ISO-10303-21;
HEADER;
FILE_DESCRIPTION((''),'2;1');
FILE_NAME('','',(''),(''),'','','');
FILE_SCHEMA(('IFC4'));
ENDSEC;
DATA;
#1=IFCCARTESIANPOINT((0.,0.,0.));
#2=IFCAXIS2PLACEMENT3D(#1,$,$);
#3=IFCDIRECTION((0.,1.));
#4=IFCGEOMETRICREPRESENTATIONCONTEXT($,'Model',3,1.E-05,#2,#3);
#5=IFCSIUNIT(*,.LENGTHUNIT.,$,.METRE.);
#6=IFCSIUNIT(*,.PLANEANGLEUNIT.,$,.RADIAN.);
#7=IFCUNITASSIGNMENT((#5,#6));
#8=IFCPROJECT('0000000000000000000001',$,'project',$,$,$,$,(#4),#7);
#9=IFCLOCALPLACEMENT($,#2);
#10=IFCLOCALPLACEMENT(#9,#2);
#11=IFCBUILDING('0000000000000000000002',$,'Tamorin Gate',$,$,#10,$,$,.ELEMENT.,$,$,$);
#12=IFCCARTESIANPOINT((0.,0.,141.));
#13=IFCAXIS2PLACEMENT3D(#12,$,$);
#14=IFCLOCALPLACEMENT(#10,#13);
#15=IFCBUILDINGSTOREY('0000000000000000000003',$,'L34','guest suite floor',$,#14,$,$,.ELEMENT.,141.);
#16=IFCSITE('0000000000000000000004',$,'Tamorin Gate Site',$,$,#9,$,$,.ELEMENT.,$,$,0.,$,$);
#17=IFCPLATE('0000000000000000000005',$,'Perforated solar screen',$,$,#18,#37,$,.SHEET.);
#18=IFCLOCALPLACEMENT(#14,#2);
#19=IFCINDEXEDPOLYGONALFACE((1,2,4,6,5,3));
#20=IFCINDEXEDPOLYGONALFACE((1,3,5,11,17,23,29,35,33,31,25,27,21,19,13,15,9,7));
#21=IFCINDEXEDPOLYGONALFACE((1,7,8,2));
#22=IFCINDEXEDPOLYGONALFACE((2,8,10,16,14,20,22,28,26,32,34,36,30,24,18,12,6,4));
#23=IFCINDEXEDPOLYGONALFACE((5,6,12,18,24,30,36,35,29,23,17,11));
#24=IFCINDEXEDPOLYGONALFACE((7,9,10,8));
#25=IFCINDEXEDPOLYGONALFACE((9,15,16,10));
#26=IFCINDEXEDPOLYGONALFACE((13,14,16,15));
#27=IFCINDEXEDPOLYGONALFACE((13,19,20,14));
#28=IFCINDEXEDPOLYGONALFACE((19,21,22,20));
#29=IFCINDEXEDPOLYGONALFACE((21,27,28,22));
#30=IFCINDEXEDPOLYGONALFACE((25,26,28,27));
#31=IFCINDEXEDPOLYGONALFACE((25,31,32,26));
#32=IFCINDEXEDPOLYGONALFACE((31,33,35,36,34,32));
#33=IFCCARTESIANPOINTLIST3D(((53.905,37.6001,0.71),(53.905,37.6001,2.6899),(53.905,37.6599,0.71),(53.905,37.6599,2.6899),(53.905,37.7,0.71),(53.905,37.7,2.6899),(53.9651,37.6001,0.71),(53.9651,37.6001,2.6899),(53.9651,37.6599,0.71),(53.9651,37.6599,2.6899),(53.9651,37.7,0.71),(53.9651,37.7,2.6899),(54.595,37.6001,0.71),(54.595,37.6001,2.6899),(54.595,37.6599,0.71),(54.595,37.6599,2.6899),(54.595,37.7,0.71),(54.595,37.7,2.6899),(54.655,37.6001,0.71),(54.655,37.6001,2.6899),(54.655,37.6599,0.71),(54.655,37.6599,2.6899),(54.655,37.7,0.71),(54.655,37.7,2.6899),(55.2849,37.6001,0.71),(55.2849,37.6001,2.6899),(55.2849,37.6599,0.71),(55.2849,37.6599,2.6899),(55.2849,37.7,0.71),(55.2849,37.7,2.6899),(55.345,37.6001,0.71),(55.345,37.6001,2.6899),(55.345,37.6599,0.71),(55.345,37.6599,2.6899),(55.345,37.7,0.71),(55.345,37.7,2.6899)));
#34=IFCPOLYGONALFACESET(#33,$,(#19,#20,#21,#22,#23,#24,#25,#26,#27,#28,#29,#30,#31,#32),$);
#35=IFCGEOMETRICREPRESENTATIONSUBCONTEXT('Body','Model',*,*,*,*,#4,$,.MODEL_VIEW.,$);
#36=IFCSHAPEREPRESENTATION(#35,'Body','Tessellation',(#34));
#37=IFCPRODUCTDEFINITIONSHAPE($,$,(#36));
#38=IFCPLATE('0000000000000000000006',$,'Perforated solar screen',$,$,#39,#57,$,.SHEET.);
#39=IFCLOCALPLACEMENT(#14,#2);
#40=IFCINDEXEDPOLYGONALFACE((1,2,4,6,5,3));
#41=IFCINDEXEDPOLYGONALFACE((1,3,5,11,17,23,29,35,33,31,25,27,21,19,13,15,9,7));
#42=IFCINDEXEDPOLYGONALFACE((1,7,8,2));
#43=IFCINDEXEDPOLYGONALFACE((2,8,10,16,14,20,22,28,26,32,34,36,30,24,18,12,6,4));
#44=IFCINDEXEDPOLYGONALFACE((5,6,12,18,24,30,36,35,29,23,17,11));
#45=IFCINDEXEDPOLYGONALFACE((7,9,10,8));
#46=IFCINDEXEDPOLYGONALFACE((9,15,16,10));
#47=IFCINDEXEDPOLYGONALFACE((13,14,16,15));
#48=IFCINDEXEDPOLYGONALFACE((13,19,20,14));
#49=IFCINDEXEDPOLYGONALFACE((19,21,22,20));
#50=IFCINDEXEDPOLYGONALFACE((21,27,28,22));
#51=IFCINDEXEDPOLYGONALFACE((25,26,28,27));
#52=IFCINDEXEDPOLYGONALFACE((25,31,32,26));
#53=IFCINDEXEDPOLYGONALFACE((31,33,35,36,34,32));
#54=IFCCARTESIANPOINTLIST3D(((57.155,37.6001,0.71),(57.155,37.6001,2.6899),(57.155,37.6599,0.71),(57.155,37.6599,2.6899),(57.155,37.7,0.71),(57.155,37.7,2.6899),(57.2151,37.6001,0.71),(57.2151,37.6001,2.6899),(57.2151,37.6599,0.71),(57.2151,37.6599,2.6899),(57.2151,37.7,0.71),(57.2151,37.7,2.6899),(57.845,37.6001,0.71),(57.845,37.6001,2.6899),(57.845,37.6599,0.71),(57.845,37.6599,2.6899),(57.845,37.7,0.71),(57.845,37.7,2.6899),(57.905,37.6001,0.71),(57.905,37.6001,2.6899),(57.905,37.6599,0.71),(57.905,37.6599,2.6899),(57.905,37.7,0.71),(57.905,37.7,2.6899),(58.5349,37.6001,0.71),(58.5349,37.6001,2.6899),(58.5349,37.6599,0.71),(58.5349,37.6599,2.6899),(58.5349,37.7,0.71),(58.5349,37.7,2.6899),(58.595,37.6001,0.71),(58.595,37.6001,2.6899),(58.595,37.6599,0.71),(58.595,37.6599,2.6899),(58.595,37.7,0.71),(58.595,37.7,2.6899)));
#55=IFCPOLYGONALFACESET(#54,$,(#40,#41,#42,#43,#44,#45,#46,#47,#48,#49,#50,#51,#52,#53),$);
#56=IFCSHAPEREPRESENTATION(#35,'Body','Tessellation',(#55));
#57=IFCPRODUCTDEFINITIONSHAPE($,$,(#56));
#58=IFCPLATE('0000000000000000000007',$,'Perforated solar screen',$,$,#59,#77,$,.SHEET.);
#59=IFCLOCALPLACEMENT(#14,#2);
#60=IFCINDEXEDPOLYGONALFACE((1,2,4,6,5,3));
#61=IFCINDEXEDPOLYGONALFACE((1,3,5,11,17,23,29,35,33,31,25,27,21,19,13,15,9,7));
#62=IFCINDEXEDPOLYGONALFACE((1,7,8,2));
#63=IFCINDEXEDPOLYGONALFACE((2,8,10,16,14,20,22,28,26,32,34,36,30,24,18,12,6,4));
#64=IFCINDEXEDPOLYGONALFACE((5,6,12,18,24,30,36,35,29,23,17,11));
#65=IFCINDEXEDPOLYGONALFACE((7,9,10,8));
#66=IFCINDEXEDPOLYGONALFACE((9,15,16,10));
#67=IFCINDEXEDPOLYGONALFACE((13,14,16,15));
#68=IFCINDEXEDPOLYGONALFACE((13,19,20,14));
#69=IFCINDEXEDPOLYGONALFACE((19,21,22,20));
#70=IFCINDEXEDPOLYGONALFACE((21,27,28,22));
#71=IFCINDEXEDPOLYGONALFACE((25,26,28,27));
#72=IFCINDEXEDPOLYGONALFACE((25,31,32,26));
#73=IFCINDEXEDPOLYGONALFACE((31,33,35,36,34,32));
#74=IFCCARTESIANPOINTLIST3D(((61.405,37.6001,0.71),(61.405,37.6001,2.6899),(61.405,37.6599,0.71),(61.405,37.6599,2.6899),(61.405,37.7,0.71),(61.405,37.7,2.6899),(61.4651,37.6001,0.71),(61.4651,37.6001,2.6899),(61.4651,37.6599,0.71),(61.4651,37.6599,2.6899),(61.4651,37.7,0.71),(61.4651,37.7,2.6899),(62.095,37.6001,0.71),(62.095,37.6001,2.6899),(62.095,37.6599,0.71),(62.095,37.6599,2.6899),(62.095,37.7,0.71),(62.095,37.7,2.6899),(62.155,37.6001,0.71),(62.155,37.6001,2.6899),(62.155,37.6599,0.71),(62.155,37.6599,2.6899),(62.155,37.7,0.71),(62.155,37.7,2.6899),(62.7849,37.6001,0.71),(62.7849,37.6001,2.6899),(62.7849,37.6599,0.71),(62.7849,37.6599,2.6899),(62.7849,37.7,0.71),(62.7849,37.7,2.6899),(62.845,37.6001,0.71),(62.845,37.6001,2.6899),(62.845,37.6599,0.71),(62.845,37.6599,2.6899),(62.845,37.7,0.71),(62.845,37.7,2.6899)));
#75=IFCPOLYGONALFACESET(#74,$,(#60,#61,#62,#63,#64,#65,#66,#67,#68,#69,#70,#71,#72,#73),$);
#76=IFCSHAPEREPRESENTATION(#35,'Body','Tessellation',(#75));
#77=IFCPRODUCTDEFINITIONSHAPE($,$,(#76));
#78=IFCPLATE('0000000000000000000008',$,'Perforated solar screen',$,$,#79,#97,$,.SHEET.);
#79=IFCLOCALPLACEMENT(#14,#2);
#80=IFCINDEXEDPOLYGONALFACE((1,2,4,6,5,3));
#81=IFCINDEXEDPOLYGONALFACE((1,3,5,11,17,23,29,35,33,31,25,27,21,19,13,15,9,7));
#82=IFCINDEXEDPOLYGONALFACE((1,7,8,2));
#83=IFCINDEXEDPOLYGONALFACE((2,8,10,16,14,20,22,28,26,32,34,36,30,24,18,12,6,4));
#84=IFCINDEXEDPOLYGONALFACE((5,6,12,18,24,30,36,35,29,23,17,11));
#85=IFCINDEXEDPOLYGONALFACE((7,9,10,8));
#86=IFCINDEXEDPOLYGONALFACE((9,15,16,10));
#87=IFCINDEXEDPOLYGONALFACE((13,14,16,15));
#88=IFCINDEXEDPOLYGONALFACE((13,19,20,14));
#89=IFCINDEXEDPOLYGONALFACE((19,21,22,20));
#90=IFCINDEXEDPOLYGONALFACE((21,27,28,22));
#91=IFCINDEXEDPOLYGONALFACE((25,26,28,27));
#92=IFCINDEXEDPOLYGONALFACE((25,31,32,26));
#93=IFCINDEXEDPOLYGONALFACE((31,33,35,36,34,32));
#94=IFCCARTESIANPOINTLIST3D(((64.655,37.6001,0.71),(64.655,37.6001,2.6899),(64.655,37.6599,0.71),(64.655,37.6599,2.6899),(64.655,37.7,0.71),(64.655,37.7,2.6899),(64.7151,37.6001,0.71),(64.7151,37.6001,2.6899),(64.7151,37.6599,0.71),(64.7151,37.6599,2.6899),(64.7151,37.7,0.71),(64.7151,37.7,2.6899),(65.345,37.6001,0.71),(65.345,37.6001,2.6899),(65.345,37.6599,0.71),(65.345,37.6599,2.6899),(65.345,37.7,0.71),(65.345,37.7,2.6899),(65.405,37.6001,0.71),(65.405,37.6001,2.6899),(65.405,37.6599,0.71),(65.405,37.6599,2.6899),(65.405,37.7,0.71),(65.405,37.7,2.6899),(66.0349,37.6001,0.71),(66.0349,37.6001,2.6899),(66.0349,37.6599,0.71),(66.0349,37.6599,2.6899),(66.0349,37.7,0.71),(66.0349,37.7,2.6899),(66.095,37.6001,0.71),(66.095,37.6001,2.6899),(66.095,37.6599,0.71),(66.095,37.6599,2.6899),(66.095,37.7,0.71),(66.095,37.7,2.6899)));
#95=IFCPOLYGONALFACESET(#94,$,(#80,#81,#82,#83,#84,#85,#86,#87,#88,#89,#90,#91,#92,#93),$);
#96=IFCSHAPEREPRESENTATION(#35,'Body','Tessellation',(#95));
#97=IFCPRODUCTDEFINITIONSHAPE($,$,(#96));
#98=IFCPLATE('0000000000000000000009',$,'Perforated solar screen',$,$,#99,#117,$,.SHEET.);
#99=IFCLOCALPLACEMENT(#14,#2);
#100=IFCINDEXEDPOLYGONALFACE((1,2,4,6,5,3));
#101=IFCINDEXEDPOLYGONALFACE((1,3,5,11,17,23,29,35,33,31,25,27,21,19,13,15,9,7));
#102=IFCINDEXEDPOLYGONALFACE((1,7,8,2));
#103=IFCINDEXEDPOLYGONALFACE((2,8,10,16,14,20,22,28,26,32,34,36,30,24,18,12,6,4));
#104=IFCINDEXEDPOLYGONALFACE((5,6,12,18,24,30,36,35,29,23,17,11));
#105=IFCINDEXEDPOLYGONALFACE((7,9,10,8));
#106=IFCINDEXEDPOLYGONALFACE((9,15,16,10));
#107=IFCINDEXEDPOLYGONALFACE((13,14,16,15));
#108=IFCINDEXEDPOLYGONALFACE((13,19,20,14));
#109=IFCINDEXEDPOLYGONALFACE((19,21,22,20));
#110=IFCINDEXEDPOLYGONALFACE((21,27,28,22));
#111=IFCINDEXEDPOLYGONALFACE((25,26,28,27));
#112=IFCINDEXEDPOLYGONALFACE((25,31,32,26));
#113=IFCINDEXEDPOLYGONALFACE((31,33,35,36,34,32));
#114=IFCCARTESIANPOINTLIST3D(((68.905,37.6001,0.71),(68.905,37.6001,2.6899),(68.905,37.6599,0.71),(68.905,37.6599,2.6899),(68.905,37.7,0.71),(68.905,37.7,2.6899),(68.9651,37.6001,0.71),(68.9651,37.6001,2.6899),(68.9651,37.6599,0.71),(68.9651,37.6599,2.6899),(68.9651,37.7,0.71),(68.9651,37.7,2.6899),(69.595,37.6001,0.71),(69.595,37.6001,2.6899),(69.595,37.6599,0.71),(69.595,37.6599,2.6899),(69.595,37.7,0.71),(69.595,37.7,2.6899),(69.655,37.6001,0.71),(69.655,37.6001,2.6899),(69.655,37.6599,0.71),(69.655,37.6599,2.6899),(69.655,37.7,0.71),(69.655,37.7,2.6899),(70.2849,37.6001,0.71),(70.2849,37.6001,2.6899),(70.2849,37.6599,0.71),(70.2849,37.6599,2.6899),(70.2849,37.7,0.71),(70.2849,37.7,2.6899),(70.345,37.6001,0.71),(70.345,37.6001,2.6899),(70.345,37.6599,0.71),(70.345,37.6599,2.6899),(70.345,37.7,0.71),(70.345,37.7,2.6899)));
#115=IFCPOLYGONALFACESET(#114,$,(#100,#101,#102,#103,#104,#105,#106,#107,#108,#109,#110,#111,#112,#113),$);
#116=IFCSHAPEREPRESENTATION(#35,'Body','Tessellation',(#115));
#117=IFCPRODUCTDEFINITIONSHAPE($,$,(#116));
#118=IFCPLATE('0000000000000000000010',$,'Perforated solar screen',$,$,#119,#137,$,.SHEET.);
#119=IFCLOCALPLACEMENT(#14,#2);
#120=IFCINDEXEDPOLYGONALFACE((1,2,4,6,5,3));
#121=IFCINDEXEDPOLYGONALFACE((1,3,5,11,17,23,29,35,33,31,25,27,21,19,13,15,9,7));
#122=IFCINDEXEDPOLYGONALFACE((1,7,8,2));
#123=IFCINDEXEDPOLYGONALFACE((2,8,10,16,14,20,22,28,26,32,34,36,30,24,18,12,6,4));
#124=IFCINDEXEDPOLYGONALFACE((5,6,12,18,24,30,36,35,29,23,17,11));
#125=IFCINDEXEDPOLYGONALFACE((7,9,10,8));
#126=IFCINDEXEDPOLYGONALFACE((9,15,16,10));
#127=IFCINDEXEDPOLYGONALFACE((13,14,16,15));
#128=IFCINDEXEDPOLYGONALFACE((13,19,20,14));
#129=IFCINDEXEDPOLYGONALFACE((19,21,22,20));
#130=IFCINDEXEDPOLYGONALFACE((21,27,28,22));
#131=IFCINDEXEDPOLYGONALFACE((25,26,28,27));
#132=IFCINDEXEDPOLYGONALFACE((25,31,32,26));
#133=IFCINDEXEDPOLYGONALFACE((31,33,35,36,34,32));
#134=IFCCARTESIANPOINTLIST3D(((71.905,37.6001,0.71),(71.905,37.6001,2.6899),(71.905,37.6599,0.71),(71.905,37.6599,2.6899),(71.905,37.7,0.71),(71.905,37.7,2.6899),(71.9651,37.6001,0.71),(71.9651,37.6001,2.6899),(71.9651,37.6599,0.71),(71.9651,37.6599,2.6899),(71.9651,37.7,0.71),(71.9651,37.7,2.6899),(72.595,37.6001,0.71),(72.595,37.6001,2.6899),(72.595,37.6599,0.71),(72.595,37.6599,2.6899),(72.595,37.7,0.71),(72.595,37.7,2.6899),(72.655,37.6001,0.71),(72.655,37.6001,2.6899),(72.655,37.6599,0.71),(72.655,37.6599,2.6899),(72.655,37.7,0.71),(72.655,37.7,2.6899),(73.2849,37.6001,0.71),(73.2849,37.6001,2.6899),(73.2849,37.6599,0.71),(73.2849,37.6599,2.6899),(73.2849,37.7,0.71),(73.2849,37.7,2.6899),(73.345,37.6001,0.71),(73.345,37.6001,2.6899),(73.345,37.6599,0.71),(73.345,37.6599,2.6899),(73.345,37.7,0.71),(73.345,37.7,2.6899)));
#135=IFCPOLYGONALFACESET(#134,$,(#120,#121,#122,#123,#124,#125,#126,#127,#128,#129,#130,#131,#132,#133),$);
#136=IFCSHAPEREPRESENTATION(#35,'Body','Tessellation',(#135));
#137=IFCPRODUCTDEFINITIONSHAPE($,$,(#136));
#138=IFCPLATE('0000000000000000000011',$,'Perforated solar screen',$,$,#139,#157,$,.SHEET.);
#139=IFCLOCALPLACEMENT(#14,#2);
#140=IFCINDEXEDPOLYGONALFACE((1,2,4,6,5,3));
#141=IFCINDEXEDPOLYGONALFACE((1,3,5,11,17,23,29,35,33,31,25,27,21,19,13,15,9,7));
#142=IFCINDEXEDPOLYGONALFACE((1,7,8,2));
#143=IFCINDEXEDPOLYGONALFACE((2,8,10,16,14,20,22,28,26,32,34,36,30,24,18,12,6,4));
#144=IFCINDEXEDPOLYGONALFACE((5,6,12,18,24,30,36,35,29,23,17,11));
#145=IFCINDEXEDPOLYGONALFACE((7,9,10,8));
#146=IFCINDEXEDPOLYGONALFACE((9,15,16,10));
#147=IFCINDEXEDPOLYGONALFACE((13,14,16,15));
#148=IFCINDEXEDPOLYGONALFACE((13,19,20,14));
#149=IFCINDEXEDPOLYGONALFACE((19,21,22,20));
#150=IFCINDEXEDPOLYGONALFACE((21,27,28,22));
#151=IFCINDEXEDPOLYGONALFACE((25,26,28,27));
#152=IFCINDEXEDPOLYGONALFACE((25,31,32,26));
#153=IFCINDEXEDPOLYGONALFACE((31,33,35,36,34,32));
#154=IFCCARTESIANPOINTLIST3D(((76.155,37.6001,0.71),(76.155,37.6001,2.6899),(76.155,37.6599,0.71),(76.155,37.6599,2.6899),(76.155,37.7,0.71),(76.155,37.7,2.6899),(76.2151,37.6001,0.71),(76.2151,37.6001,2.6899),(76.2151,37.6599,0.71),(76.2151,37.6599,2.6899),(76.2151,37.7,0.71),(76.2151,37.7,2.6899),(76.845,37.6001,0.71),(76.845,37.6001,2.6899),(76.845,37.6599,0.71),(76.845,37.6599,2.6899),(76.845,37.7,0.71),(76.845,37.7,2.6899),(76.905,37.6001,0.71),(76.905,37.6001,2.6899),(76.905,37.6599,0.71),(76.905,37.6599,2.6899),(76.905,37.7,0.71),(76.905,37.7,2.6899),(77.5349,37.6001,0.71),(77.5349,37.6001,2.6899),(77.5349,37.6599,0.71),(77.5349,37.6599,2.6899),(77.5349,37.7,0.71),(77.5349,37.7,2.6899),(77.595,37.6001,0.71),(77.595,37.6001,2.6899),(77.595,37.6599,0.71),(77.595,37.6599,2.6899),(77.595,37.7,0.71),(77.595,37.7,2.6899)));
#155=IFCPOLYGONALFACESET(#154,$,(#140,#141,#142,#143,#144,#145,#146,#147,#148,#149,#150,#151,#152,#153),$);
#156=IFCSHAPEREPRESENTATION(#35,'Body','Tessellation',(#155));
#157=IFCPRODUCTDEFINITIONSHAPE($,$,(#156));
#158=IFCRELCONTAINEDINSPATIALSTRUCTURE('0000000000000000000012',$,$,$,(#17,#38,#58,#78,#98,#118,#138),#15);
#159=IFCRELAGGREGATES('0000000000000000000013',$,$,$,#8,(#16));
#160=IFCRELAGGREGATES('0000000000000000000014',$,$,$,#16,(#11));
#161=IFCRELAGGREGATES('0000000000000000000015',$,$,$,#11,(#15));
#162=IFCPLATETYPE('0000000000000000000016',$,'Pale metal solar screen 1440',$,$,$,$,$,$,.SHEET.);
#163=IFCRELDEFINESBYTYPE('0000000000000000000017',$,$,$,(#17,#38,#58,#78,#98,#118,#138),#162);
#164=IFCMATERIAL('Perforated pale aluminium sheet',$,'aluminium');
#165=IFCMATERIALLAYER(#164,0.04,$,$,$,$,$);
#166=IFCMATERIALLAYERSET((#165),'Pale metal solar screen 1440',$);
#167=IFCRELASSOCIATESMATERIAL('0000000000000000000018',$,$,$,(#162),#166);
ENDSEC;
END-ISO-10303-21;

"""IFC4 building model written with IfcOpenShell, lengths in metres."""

from ifc_helpers import new_model, si_unit, direction, frame, origin, place, context, subcontext, project, spatial, polyline, outline, extrude, material, layer, layer_set, type_object, element, save


model = new_model("IFC4")

# Units and contexts
model_context = context("Model", 3, precision=1e-05, world=origin(), true_north=direction((0.0, 1.0)))
body_context = subcontext(model_context, "Body", "Model", "MODEL_VIEW")
ifc_project = project(units=[si_unit("LENGTHUNIT", "METRE"), si_unit("PLANEANGLEUNIT", "RADIAN")], contexts=[model_context])

# Site, building, storey
site_placement = place(None, origin())
site = spatial("IfcSite", under=ifc_project, at=site_placement, Name="Tamorin Gate Site", CompositionType="ELEMENT", RefElevation=0.0)
building_placement = place(site_placement, origin())
building = spatial("IfcBuilding", under=site, at=building_placement, Name="Tamorin Gate", CompositionType="ELEMENT")
storey_placement = place(building_placement, frame((0.0, 0.0, 141.0)))
storey = spatial("IfcBuildingStorey", under=building, at=storey_placement, Name="L34", Description="guest suite floor", CompositionType="ELEMENT", Elevation=141.0)

# Plates
ifc_material_1 = material(Name="Perforated pale aluminium sheet", Category="aluminium")
ifc_layer_1 = layer(ifc_material_1, 0.04)
ifc_layer_set_1 = layer_set([ifc_layer_1], Name="Pale metal solar screen 1440")
plate_type_1 = type_object("IfcPlateType", Name="Pale metal solar screen 1440", PredefinedType="SHEET", material=ifc_layer_set_1)
plate_1_placement = place(storey_placement, frame((0.0, 0.0, 0.71)))
element("IfcPlate", 1, at=plate_1_placement, inside=storey, type_object=plate_type_1, Name="Perforated solar screen", PredefinedType="SHEET", context=body_context, shape_type="SweptSolid", body=[
    extrude(outline(polyline([(53.905, 37.6599), (53.905, 37.7), (53.9651, 37.7), (54.595, 37.7), (54.655, 37.7), (55.2849, 37.7), (55.345, 37.7), (55.345, 37.6599), (55.345, 37.6001), (55.2849, 37.6001), (55.2849, 37.6599), (54.655, 37.6599), (54.655, 37.6001), (54.595, 37.6001), (54.595, 37.6599), (53.9651, 37.6599), (53.9651, 37.6001), (53.905, 37.6001), (53.905, 37.6599)])), origin(), (0.0, 0.0, 1.0), 1.98),
])
plate_2_placement = place(storey_placement, frame((0.0, 0.0, 0.71)))
element("IfcPlate", 2, at=plate_2_placement, inside=storey, type_object=plate_type_1, Name="Perforated solar screen", PredefinedType="SHEET", context=body_context, shape_type="SweptSolid", body=[
    extrude(outline(polyline([(57.155, 37.6599), (57.155, 37.7), (57.2151, 37.7), (57.845, 37.7), (57.905, 37.7), (58.5349, 37.7), (58.595, 37.7), (58.595, 37.6599), (58.595, 37.6001), (58.5349, 37.6001), (58.5349, 37.6599), (57.905, 37.6599), (57.905, 37.6001), (57.845, 37.6001), (57.845, 37.6599), (57.2151, 37.6599), (57.2151, 37.6001), (57.155, 37.6001), (57.155, 37.6599)])), origin(), (0.0, 0.0, 1.0), 1.98),
])
plate_3_placement = place(storey_placement, frame((0.0, 0.0, 0.71)))
element("IfcPlate", 3, at=plate_3_placement, inside=storey, type_object=plate_type_1, Name="Perforated solar screen", PredefinedType="SHEET", context=body_context, shape_type="SweptSolid", body=[
    extrude(outline(polyline([(61.405, 37.6599), (61.405, 37.7), (61.4651, 37.7), (62.095, 37.7), (62.155, 37.7), (62.7849, 37.7), (62.845, 37.7), (62.845, 37.6599), (62.845, 37.6001), (62.7849, 37.6001), (62.7849, 37.6599), (62.155, 37.6599), (62.155, 37.6001), (62.095, 37.6001), (62.095, 37.6599), (61.4651, 37.6599), (61.4651, 37.6001), (61.405, 37.6001), (61.405, 37.6599)])), origin(), (0.0, 0.0, 1.0), 1.98),
])
plate_4_placement = place(storey_placement, frame((0.0, 0.0, 0.71)))
element("IfcPlate", 4, at=plate_4_placement, inside=storey, type_object=plate_type_1, Name="Perforated solar screen", PredefinedType="SHEET", context=body_context, shape_type="SweptSolid", body=[
    extrude(outline(polyline([(64.655, 37.6599), (64.655, 37.7), (64.7151, 37.7), (65.345, 37.7), (65.405, 37.7), (66.0349, 37.7), (66.095, 37.7), (66.095, 37.6599), (66.095, 37.6001), (66.0349, 37.6001), (66.0349, 37.6599), (65.405, 37.6599), (65.405, 37.6001), (65.345, 37.6001), (65.345, 37.6599), (64.7151, 37.6599), (64.7151, 37.6001), (64.655, 37.6001), (64.655, 37.6599)])), origin(), (0.0, 0.0, 1.0), 1.98),
])
plate_5_placement = place(storey_placement, frame((0.0, 0.0, 0.71)))
element("IfcPlate", 5, at=plate_5_placement, inside=storey, type_object=plate_type_1, Name="Perforated solar screen", PredefinedType="SHEET", context=body_context, shape_type="SweptSolid", body=[
    extrude(outline(polyline([(68.905, 37.6599), (68.905, 37.7), (68.9651, 37.7), (69.595, 37.7), (69.655, 37.7), (70.2849, 37.7), (70.345, 37.7), (70.345, 37.6599), (70.345, 37.6001), (70.2849, 37.6001), (70.2849, 37.6599), (69.655, 37.6599), (69.655, 37.6001), (69.595, 37.6001), (69.595, 37.6599), (68.9651, 37.6599), (68.9651, 37.6001), (68.905, 37.6001), (68.905, 37.6599)])), origin(), (0.0, 0.0, 1.0), 1.98),
])
plate_6_placement = place(storey_placement, frame((0.0, 0.0, 0.71)))
element("IfcPlate", 6, at=plate_6_placement, inside=storey, type_object=plate_type_1, Name="Perforated solar screen", PredefinedType="SHEET", context=body_context, shape_type="SweptSolid", body=[
    extrude(outline(polyline([(71.905, 37.6599), (71.905, 37.7), (71.9651, 37.7), (72.595, 37.7), (72.655, 37.7), (73.2849, 37.7), (73.345, 37.7), (73.345, 37.6599), (73.345, 37.6001), (73.2849, 37.6001), (73.2849, 37.6599), (72.655, 37.6599), (72.655, 37.6001), (72.595, 37.6001), (72.595, 37.6599), (71.9651, 37.6599), (71.9651, 37.6001), (71.905, 37.6001), (71.905, 37.6599)])), origin(), (0.0, 0.0, 1.0), 1.98),
])
plate_7_placement = place(storey_placement, frame((0.0, 0.0, 0.71)))
element("IfcPlate", 7, at=plate_7_placement, inside=storey, type_object=plate_type_1, Name="Perforated solar screen", PredefinedType="SHEET", context=body_context, shape_type="SweptSolid", body=[
    extrude(outline(polyline([(76.155, 37.6599), (76.155, 37.7), (76.2151, 37.7), (76.845, 37.7), (76.905, 37.7), (77.5349, 37.7), (77.595, 37.7), (77.595, 37.6599), (77.595, 37.6001), (77.5349, 37.6001), (77.5349, 37.6599), (76.905, 37.6599), (76.905, 37.6001), (76.845, 37.6001), (76.845, 37.6599), (76.2151, 37.6599), (76.2151, 37.6001), (76.155, 37.6001), (76.155, 37.6599)])), origin(), (0.0, 0.0, 1.0), 1.98),
])

save(model, "model.ifc")
